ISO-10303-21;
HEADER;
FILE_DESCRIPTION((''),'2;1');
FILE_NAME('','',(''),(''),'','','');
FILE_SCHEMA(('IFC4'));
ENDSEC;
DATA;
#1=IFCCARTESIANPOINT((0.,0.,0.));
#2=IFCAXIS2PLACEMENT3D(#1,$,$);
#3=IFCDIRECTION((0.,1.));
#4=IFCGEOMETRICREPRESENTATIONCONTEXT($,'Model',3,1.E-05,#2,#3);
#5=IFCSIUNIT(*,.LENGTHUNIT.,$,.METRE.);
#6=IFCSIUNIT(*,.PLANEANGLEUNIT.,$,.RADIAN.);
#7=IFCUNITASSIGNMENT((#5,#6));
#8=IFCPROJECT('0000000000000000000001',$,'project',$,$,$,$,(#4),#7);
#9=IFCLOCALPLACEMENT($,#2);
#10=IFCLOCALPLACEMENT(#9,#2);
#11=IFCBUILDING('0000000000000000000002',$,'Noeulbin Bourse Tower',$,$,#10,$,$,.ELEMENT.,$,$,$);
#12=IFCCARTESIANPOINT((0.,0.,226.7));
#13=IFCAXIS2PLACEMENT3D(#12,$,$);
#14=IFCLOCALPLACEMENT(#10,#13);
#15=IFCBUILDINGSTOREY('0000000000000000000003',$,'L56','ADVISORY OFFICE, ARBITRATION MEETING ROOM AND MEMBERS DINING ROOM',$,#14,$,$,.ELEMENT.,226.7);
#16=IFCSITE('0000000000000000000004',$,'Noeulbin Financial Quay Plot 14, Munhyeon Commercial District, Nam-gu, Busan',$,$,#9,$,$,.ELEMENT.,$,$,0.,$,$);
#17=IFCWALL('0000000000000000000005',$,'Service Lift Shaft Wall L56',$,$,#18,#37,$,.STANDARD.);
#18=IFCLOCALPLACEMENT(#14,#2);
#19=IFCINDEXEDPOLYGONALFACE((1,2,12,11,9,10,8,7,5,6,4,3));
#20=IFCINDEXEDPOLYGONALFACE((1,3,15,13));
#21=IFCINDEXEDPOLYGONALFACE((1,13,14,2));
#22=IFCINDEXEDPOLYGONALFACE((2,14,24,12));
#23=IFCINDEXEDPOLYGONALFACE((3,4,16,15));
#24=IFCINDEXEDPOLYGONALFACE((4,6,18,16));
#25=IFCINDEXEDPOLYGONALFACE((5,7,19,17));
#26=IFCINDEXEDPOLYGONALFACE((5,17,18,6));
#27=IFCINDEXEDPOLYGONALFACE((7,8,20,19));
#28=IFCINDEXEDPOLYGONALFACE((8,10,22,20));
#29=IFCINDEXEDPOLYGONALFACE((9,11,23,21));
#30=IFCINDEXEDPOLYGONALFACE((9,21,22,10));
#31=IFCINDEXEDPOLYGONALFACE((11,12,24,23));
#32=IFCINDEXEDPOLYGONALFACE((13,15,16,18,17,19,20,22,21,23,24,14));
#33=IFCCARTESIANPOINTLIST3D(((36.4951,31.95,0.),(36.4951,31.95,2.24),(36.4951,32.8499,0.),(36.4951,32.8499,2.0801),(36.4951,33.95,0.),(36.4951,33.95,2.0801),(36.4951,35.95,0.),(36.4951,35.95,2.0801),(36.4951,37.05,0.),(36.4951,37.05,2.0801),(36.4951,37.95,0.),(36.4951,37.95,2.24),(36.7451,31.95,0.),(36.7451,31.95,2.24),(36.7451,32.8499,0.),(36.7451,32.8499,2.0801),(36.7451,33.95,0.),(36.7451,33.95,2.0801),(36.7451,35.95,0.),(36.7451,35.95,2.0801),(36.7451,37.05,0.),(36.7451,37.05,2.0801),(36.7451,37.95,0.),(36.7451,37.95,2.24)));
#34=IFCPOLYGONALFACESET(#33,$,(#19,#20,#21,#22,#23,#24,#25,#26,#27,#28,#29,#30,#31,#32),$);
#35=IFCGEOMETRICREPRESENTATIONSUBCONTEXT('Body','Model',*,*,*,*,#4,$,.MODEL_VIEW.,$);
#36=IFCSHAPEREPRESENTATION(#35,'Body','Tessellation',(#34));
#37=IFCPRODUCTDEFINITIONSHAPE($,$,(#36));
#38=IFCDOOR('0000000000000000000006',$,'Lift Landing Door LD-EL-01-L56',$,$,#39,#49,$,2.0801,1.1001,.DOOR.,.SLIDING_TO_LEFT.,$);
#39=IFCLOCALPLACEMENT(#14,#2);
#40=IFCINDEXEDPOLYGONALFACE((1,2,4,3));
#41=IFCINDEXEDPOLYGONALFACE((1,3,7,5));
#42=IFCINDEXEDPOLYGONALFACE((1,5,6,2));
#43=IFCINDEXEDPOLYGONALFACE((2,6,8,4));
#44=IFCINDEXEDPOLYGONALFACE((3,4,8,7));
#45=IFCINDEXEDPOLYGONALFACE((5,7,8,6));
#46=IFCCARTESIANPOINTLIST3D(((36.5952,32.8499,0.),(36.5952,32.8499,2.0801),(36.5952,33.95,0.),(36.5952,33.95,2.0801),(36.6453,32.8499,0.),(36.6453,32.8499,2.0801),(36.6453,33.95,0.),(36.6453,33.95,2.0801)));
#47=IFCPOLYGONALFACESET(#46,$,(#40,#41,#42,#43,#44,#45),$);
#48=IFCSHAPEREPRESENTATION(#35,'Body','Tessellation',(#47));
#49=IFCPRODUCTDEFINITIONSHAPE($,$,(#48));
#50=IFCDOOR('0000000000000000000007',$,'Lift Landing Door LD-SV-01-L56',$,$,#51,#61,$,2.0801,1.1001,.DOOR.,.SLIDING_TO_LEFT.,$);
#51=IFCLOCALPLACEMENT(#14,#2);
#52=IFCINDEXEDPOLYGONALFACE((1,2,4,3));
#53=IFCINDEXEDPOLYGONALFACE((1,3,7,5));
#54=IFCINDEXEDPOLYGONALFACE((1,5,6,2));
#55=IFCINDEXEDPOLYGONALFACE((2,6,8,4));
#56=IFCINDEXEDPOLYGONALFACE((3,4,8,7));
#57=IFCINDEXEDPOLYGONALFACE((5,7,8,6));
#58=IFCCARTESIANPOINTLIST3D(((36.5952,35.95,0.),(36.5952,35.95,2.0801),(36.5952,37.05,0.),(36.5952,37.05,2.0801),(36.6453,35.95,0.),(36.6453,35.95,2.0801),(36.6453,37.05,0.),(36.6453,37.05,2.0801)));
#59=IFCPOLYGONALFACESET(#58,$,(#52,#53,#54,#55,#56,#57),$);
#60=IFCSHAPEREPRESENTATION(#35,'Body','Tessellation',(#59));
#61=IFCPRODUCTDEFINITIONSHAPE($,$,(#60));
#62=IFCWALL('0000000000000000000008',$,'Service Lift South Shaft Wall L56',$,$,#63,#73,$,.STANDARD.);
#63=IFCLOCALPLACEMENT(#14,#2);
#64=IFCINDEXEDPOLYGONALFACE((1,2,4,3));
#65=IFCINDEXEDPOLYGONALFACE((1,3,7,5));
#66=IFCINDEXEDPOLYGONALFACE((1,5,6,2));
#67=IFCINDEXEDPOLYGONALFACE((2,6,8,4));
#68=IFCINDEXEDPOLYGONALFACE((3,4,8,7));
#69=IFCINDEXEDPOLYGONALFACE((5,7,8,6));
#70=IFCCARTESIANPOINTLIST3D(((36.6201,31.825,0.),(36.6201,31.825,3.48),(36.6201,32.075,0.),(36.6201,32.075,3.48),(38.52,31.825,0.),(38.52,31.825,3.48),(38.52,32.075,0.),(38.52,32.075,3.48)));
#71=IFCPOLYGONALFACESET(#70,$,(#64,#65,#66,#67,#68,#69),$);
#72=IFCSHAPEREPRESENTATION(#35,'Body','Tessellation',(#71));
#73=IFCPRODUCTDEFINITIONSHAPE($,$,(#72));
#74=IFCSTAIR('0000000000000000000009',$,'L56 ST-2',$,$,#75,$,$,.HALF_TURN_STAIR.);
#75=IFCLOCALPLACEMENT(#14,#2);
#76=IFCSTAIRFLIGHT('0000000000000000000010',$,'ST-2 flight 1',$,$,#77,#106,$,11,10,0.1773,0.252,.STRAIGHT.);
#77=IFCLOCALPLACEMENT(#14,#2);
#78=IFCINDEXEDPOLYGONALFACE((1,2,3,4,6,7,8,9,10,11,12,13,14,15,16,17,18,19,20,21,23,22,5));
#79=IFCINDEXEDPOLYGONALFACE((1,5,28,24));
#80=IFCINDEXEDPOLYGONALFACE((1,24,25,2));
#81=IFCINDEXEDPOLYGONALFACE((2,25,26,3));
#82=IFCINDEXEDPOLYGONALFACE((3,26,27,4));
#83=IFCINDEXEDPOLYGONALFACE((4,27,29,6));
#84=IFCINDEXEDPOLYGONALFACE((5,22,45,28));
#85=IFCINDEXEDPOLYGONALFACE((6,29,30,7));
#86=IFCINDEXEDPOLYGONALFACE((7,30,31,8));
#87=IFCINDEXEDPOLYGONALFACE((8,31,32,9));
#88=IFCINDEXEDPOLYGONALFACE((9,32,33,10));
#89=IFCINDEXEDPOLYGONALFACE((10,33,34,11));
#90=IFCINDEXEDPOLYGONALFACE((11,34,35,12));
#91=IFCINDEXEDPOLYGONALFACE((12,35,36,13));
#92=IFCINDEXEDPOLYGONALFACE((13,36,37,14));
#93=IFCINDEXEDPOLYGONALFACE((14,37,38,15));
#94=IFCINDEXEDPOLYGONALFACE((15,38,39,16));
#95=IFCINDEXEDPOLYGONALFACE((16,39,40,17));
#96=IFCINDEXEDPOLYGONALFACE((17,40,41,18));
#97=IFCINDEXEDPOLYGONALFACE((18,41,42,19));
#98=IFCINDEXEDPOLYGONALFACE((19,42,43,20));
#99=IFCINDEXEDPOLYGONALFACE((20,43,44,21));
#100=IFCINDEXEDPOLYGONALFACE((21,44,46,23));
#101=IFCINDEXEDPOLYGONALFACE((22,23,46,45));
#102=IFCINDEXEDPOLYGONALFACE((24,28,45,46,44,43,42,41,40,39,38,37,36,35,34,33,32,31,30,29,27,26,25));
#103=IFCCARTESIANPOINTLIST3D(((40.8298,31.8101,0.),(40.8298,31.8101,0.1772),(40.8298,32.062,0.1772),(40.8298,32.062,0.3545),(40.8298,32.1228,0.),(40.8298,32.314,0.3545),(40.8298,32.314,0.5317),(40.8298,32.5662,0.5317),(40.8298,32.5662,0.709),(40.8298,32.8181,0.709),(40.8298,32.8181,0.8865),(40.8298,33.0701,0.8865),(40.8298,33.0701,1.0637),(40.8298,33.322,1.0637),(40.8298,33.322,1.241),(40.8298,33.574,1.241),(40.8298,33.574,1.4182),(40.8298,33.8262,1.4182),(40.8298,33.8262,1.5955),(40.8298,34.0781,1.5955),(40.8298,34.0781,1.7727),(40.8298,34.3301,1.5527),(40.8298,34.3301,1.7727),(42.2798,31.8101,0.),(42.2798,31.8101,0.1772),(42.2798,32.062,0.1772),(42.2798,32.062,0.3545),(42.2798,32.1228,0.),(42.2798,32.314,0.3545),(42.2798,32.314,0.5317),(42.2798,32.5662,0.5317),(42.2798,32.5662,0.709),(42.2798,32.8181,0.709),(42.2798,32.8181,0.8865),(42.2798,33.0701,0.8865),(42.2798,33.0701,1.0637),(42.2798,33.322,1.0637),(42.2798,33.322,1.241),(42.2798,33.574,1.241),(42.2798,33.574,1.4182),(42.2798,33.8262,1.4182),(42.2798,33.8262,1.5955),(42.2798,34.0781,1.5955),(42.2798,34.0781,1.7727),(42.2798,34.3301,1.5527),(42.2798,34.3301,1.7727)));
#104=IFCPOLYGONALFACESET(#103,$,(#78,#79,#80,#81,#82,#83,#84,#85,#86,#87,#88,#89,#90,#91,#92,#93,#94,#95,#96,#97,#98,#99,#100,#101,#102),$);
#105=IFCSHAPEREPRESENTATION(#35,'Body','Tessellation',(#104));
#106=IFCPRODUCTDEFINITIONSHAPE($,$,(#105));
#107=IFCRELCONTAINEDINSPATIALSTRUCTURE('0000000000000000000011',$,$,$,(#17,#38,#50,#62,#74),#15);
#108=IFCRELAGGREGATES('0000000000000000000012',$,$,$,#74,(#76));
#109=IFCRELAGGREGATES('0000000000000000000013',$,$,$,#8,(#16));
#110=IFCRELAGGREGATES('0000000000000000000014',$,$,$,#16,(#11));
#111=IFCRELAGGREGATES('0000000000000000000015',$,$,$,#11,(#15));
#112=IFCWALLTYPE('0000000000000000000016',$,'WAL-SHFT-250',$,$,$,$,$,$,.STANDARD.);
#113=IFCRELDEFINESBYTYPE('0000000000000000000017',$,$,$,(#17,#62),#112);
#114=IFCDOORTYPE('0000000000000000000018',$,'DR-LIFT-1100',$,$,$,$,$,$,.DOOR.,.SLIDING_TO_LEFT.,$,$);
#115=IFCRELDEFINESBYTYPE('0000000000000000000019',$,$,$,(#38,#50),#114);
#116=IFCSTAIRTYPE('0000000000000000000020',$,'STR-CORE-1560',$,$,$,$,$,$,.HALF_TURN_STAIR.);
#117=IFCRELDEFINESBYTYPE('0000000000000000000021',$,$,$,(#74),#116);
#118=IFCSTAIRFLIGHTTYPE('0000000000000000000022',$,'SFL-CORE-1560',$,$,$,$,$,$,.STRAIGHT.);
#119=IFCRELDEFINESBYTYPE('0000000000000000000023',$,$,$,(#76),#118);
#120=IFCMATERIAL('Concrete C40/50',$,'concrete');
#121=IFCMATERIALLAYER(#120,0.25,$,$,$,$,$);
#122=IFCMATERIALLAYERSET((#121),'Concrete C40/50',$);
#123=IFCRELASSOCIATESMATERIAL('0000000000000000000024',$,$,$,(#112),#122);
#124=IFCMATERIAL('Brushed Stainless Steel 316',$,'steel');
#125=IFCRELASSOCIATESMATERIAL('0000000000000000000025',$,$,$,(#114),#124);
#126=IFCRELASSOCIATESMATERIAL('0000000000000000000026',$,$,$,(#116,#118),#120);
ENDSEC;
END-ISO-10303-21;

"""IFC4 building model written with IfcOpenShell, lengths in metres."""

from ifc_helpers import new_model, si_unit, direction, frame, frame_2d, origin, place, context, subcontext, project, spatial, polyline, rectangle, outline, extrude, material, layer, layer_set, type_object, element, fill, aggregate, save


model = new_model("IFC4")

# Units and contexts
model_context = context("Model", 3, precision=1e-05, world=origin(), true_north=direction((0.0, 1.0)))
body_context = subcontext(model_context, "Body", "Model", "MODEL_VIEW")
ifc_project = project(units=[si_unit("LENGTHUNIT", "METRE"), si_unit("PLANEANGLEUNIT", "RADIAN")], contexts=[model_context])

# Site, building, storey
site_placement = place(None, origin())
site = spatial("IfcSite", under=ifc_project, at=site_placement, Name="Noeulbin Financial Quay Plot 14, Munhyeon Commercial District, Nam-gu, Busan", CompositionType="ELEMENT", RefElevation=0.0)
building_placement = place(site_placement, origin())
building = spatial("IfcBuilding", under=site, at=building_placement, Name="Noeulbin Bourse Tower", CompositionType="ELEMENT")
storey_placement = place(building_placement, frame((0.0, 0.0, 226.7)))
storey = spatial("IfcBuildingStorey", under=building, at=storey_placement, Name="L56", Description="ADVISORY OFFICE, ARBITRATION MEETING ROOM AND MEMBERS DINING ROOM", CompositionType="ELEMENT", Elevation=226.7)

# Shared definitions
ifc_material_1 = material(Name="Concrete C40/50", Category="concrete")

# Shared definitions
ifc_layer_1 = layer(ifc_material_1, 0.25)
ifc_layer_set_1 = layer_set([ifc_layer_1], Name="Concrete C40/50")
wall_type_1 = type_object("IfcWallType", Name="WAL-SHFT-250", PredefinedType="STANDARD", material=ifc_layer_set_1)

# Wall, openings, doors
wall_1_placement = place(storey_placement, frame((36.6201, 31.95, 0.0), z_axis=(0.0, 0.0, 1.0), x_axis=(0.0, 1.0, 0.0)))
wall_1 = element("IfcWall", 1, at=wall_1_placement, inside=storey, type_object=wall_type_1, Name="Service Lift Shaft Wall L56", PredefinedType="STANDARD", context=body_context, shape_type="SweptSolid", body=[
    extrude(rectangle(XDim=6.0, YDim=0.25, at=frame_2d((3.0, 0.0))), origin(), (0.0, 0.0, 1.0), 2.24),
])
opening_1_placement = place(wall_1_placement, frame((0.8999, 0.0, 0.0)))
opening_1 = element("IfcOpeningElement", 2, at=opening_1_placement, cuts=wall_1, PredefinedType="OPENING", context=body_context, shape_type="SweptSolid", body=[
    extrude(rectangle(XDim=1.1001, YDim=2.0801, at=frame_2d((0.55, 1.04))), frame((0.0, 0.135, 0.0), z_axis=(0.0, -1.0, 0.0), x_axis=(1.0, 0.0, 0.0)), (0.0, 0.0, 1.0), 0.27),
])
opening_2_placement = place(wall_1_placement, frame((4.0, 0.0, 0.0)))
opening_2 = element("IfcOpeningElement", 3, at=opening_2_placement, cuts=wall_1, PredefinedType="OPENING", context=body_context, shape_type="SweptSolid", body=[
    extrude(rectangle(XDim=1.1001, YDim=2.0801, at=frame_2d((0.55, 1.04))), frame((0.0, 0.135, 0.0), z_axis=(0.0, -1.0, 0.0), x_axis=(1.0, 0.0, 0.0)), (0.0, 0.0, 1.0), 0.27),
])
ifc_material_2 = material(Name="Brushed Stainless Steel 316", Category="steel")
door_type_1 = type_object("IfcDoorType", Name="DR-LIFT-1100", OperationType="SLIDING_TO_LEFT", PredefinedType="DOOR", material=ifc_material_2)
door_1_placement = place(opening_1_placement, origin())
door_1 = element("IfcDoor", 4, at=door_1_placement, inside=storey, type_object=door_type_1, Name="Lift Landing Door LD-EL-01-L56", OperationType="SLIDING_TO_LEFT", OverallHeight=2.0801, OverallWidth=1.1001, PredefinedType="DOOR", context=body_context, shape_type="SweptSolid", body=[
    extrude(rectangle(XDim=1.1001, YDim=2.0801, at=frame_2d((0.55, 1.04))), frame((0.0, 0.0249, 0.0), z_axis=(0.0, -1.0, 0.0), x_axis=(1.0, 0.0, 0.0)), (0.0, 0.0, 1.0), 0.05),
])
fill(opening_1, door_1)
door_2_placement = place(opening_2_placement, origin())
door_2 = element("IfcDoor", 5, at=door_2_placement, inside=storey, type_object=door_type_1, Name="Lift Landing Door LD-SV-01-L56", OperationType="SLIDING_TO_LEFT", OverallHeight=2.0801, OverallWidth=1.1001, PredefinedType="DOOR", context=body_context, shape_type="SweptSolid", body=[
    extrude(rectangle(XDim=1.1001, YDim=2.0801, at=frame_2d((0.55, 1.04))), frame((0.0, 0.0249, 0.0), z_axis=(0.0, -1.0, 0.0), x_axis=(1.0, 0.0, 0.0)), (0.0, 0.0, 1.0), 0.05),
])
fill(opening_2, door_2)

# Wall
wall_2_placement = place(storey_placement, frame((36.6201, 31.95, 0.0), z_axis=(0.0, 0.0, 1.0), x_axis=(1.0, 0.0, 0.0)))
element("IfcWall", 6, at=wall_2_placement, inside=storey, type_object=wall_type_1, Name="Service Lift South Shaft Wall L56", PredefinedType="STANDARD", context=body_context, shape_type="SweptSolid", body=[
    extrude(rectangle(XDim=1.8999, YDim=0.25, at=frame_2d((0.95, 0.0))), origin(), (0.0, 0.0, 1.0), 3.48),
])

# Stair, stair flight
stair_type = type_object("IfcStairType", Name="STR-CORE-1560", PredefinedType="HALF_TURN_STAIR", material=ifc_material_1)
stair_placement = place(storey_placement, origin())
stair = element("IfcStair", 7, at=stair_placement, inside=storey, type_object=stair_type, Name="L56 ST-2", PredefinedType="HALF_TURN_STAIR")
stair_flight_type = type_object("IfcStairFlightType", Name="SFL-CORE-1560", PredefinedType="STRAIGHT", material=ifc_material_1)
stair_flight_placement = place(storey_placement, frame((41.5549, 31.8101, 0.0), z_axis=(0.0, 0.0, 1.0), x_axis=(0.0, 1.0, 0.0)))
stair_flight = element("IfcStairFlight", 8, at=stair_flight_placement, type_object=stair_flight_type, Name="ST-2 flight 1", NumberOfRisers=11, NumberOfTreads=10, PredefinedType="STRAIGHT", RiserHeight=0.1773, TreadLength=0.252, context=body_context, shape_type="SweptSolid", body=[
    extrude(outline(polyline([(0.0, 0.0), (0.0, 0.1772), (0.252, 0.1772), (0.252, 0.3545), (0.5039, 0.3545), (0.5039, 0.5317), (0.7561, 0.5317), (0.7561, 0.709), (1.0081, 0.709), (1.0081, 0.8865), (1.26, 0.8865), (1.26, 1.0637), (1.512, 1.0637), (1.512, 1.241), (1.7639, 1.241), (1.7639, 1.4182), (2.0161, 1.4182), (2.0161, 1.5955), (2.2681, 1.5955), (2.2681, 1.7727), (2.52, 1.7727), (2.52, 1.95), (2.52, 1.5527), (0.3127, 0.0), (0.0, 0.0)])), frame((0.0, 0.7251, 0.0), z_axis=(0.0, -1.0, 0.0), x_axis=(1.0, 0.0, 0.0)), (0.0, 0.0, 1.0), 1.45),
])
aggregate(stair, [stair_flight])

save(model, "model.ifc")
